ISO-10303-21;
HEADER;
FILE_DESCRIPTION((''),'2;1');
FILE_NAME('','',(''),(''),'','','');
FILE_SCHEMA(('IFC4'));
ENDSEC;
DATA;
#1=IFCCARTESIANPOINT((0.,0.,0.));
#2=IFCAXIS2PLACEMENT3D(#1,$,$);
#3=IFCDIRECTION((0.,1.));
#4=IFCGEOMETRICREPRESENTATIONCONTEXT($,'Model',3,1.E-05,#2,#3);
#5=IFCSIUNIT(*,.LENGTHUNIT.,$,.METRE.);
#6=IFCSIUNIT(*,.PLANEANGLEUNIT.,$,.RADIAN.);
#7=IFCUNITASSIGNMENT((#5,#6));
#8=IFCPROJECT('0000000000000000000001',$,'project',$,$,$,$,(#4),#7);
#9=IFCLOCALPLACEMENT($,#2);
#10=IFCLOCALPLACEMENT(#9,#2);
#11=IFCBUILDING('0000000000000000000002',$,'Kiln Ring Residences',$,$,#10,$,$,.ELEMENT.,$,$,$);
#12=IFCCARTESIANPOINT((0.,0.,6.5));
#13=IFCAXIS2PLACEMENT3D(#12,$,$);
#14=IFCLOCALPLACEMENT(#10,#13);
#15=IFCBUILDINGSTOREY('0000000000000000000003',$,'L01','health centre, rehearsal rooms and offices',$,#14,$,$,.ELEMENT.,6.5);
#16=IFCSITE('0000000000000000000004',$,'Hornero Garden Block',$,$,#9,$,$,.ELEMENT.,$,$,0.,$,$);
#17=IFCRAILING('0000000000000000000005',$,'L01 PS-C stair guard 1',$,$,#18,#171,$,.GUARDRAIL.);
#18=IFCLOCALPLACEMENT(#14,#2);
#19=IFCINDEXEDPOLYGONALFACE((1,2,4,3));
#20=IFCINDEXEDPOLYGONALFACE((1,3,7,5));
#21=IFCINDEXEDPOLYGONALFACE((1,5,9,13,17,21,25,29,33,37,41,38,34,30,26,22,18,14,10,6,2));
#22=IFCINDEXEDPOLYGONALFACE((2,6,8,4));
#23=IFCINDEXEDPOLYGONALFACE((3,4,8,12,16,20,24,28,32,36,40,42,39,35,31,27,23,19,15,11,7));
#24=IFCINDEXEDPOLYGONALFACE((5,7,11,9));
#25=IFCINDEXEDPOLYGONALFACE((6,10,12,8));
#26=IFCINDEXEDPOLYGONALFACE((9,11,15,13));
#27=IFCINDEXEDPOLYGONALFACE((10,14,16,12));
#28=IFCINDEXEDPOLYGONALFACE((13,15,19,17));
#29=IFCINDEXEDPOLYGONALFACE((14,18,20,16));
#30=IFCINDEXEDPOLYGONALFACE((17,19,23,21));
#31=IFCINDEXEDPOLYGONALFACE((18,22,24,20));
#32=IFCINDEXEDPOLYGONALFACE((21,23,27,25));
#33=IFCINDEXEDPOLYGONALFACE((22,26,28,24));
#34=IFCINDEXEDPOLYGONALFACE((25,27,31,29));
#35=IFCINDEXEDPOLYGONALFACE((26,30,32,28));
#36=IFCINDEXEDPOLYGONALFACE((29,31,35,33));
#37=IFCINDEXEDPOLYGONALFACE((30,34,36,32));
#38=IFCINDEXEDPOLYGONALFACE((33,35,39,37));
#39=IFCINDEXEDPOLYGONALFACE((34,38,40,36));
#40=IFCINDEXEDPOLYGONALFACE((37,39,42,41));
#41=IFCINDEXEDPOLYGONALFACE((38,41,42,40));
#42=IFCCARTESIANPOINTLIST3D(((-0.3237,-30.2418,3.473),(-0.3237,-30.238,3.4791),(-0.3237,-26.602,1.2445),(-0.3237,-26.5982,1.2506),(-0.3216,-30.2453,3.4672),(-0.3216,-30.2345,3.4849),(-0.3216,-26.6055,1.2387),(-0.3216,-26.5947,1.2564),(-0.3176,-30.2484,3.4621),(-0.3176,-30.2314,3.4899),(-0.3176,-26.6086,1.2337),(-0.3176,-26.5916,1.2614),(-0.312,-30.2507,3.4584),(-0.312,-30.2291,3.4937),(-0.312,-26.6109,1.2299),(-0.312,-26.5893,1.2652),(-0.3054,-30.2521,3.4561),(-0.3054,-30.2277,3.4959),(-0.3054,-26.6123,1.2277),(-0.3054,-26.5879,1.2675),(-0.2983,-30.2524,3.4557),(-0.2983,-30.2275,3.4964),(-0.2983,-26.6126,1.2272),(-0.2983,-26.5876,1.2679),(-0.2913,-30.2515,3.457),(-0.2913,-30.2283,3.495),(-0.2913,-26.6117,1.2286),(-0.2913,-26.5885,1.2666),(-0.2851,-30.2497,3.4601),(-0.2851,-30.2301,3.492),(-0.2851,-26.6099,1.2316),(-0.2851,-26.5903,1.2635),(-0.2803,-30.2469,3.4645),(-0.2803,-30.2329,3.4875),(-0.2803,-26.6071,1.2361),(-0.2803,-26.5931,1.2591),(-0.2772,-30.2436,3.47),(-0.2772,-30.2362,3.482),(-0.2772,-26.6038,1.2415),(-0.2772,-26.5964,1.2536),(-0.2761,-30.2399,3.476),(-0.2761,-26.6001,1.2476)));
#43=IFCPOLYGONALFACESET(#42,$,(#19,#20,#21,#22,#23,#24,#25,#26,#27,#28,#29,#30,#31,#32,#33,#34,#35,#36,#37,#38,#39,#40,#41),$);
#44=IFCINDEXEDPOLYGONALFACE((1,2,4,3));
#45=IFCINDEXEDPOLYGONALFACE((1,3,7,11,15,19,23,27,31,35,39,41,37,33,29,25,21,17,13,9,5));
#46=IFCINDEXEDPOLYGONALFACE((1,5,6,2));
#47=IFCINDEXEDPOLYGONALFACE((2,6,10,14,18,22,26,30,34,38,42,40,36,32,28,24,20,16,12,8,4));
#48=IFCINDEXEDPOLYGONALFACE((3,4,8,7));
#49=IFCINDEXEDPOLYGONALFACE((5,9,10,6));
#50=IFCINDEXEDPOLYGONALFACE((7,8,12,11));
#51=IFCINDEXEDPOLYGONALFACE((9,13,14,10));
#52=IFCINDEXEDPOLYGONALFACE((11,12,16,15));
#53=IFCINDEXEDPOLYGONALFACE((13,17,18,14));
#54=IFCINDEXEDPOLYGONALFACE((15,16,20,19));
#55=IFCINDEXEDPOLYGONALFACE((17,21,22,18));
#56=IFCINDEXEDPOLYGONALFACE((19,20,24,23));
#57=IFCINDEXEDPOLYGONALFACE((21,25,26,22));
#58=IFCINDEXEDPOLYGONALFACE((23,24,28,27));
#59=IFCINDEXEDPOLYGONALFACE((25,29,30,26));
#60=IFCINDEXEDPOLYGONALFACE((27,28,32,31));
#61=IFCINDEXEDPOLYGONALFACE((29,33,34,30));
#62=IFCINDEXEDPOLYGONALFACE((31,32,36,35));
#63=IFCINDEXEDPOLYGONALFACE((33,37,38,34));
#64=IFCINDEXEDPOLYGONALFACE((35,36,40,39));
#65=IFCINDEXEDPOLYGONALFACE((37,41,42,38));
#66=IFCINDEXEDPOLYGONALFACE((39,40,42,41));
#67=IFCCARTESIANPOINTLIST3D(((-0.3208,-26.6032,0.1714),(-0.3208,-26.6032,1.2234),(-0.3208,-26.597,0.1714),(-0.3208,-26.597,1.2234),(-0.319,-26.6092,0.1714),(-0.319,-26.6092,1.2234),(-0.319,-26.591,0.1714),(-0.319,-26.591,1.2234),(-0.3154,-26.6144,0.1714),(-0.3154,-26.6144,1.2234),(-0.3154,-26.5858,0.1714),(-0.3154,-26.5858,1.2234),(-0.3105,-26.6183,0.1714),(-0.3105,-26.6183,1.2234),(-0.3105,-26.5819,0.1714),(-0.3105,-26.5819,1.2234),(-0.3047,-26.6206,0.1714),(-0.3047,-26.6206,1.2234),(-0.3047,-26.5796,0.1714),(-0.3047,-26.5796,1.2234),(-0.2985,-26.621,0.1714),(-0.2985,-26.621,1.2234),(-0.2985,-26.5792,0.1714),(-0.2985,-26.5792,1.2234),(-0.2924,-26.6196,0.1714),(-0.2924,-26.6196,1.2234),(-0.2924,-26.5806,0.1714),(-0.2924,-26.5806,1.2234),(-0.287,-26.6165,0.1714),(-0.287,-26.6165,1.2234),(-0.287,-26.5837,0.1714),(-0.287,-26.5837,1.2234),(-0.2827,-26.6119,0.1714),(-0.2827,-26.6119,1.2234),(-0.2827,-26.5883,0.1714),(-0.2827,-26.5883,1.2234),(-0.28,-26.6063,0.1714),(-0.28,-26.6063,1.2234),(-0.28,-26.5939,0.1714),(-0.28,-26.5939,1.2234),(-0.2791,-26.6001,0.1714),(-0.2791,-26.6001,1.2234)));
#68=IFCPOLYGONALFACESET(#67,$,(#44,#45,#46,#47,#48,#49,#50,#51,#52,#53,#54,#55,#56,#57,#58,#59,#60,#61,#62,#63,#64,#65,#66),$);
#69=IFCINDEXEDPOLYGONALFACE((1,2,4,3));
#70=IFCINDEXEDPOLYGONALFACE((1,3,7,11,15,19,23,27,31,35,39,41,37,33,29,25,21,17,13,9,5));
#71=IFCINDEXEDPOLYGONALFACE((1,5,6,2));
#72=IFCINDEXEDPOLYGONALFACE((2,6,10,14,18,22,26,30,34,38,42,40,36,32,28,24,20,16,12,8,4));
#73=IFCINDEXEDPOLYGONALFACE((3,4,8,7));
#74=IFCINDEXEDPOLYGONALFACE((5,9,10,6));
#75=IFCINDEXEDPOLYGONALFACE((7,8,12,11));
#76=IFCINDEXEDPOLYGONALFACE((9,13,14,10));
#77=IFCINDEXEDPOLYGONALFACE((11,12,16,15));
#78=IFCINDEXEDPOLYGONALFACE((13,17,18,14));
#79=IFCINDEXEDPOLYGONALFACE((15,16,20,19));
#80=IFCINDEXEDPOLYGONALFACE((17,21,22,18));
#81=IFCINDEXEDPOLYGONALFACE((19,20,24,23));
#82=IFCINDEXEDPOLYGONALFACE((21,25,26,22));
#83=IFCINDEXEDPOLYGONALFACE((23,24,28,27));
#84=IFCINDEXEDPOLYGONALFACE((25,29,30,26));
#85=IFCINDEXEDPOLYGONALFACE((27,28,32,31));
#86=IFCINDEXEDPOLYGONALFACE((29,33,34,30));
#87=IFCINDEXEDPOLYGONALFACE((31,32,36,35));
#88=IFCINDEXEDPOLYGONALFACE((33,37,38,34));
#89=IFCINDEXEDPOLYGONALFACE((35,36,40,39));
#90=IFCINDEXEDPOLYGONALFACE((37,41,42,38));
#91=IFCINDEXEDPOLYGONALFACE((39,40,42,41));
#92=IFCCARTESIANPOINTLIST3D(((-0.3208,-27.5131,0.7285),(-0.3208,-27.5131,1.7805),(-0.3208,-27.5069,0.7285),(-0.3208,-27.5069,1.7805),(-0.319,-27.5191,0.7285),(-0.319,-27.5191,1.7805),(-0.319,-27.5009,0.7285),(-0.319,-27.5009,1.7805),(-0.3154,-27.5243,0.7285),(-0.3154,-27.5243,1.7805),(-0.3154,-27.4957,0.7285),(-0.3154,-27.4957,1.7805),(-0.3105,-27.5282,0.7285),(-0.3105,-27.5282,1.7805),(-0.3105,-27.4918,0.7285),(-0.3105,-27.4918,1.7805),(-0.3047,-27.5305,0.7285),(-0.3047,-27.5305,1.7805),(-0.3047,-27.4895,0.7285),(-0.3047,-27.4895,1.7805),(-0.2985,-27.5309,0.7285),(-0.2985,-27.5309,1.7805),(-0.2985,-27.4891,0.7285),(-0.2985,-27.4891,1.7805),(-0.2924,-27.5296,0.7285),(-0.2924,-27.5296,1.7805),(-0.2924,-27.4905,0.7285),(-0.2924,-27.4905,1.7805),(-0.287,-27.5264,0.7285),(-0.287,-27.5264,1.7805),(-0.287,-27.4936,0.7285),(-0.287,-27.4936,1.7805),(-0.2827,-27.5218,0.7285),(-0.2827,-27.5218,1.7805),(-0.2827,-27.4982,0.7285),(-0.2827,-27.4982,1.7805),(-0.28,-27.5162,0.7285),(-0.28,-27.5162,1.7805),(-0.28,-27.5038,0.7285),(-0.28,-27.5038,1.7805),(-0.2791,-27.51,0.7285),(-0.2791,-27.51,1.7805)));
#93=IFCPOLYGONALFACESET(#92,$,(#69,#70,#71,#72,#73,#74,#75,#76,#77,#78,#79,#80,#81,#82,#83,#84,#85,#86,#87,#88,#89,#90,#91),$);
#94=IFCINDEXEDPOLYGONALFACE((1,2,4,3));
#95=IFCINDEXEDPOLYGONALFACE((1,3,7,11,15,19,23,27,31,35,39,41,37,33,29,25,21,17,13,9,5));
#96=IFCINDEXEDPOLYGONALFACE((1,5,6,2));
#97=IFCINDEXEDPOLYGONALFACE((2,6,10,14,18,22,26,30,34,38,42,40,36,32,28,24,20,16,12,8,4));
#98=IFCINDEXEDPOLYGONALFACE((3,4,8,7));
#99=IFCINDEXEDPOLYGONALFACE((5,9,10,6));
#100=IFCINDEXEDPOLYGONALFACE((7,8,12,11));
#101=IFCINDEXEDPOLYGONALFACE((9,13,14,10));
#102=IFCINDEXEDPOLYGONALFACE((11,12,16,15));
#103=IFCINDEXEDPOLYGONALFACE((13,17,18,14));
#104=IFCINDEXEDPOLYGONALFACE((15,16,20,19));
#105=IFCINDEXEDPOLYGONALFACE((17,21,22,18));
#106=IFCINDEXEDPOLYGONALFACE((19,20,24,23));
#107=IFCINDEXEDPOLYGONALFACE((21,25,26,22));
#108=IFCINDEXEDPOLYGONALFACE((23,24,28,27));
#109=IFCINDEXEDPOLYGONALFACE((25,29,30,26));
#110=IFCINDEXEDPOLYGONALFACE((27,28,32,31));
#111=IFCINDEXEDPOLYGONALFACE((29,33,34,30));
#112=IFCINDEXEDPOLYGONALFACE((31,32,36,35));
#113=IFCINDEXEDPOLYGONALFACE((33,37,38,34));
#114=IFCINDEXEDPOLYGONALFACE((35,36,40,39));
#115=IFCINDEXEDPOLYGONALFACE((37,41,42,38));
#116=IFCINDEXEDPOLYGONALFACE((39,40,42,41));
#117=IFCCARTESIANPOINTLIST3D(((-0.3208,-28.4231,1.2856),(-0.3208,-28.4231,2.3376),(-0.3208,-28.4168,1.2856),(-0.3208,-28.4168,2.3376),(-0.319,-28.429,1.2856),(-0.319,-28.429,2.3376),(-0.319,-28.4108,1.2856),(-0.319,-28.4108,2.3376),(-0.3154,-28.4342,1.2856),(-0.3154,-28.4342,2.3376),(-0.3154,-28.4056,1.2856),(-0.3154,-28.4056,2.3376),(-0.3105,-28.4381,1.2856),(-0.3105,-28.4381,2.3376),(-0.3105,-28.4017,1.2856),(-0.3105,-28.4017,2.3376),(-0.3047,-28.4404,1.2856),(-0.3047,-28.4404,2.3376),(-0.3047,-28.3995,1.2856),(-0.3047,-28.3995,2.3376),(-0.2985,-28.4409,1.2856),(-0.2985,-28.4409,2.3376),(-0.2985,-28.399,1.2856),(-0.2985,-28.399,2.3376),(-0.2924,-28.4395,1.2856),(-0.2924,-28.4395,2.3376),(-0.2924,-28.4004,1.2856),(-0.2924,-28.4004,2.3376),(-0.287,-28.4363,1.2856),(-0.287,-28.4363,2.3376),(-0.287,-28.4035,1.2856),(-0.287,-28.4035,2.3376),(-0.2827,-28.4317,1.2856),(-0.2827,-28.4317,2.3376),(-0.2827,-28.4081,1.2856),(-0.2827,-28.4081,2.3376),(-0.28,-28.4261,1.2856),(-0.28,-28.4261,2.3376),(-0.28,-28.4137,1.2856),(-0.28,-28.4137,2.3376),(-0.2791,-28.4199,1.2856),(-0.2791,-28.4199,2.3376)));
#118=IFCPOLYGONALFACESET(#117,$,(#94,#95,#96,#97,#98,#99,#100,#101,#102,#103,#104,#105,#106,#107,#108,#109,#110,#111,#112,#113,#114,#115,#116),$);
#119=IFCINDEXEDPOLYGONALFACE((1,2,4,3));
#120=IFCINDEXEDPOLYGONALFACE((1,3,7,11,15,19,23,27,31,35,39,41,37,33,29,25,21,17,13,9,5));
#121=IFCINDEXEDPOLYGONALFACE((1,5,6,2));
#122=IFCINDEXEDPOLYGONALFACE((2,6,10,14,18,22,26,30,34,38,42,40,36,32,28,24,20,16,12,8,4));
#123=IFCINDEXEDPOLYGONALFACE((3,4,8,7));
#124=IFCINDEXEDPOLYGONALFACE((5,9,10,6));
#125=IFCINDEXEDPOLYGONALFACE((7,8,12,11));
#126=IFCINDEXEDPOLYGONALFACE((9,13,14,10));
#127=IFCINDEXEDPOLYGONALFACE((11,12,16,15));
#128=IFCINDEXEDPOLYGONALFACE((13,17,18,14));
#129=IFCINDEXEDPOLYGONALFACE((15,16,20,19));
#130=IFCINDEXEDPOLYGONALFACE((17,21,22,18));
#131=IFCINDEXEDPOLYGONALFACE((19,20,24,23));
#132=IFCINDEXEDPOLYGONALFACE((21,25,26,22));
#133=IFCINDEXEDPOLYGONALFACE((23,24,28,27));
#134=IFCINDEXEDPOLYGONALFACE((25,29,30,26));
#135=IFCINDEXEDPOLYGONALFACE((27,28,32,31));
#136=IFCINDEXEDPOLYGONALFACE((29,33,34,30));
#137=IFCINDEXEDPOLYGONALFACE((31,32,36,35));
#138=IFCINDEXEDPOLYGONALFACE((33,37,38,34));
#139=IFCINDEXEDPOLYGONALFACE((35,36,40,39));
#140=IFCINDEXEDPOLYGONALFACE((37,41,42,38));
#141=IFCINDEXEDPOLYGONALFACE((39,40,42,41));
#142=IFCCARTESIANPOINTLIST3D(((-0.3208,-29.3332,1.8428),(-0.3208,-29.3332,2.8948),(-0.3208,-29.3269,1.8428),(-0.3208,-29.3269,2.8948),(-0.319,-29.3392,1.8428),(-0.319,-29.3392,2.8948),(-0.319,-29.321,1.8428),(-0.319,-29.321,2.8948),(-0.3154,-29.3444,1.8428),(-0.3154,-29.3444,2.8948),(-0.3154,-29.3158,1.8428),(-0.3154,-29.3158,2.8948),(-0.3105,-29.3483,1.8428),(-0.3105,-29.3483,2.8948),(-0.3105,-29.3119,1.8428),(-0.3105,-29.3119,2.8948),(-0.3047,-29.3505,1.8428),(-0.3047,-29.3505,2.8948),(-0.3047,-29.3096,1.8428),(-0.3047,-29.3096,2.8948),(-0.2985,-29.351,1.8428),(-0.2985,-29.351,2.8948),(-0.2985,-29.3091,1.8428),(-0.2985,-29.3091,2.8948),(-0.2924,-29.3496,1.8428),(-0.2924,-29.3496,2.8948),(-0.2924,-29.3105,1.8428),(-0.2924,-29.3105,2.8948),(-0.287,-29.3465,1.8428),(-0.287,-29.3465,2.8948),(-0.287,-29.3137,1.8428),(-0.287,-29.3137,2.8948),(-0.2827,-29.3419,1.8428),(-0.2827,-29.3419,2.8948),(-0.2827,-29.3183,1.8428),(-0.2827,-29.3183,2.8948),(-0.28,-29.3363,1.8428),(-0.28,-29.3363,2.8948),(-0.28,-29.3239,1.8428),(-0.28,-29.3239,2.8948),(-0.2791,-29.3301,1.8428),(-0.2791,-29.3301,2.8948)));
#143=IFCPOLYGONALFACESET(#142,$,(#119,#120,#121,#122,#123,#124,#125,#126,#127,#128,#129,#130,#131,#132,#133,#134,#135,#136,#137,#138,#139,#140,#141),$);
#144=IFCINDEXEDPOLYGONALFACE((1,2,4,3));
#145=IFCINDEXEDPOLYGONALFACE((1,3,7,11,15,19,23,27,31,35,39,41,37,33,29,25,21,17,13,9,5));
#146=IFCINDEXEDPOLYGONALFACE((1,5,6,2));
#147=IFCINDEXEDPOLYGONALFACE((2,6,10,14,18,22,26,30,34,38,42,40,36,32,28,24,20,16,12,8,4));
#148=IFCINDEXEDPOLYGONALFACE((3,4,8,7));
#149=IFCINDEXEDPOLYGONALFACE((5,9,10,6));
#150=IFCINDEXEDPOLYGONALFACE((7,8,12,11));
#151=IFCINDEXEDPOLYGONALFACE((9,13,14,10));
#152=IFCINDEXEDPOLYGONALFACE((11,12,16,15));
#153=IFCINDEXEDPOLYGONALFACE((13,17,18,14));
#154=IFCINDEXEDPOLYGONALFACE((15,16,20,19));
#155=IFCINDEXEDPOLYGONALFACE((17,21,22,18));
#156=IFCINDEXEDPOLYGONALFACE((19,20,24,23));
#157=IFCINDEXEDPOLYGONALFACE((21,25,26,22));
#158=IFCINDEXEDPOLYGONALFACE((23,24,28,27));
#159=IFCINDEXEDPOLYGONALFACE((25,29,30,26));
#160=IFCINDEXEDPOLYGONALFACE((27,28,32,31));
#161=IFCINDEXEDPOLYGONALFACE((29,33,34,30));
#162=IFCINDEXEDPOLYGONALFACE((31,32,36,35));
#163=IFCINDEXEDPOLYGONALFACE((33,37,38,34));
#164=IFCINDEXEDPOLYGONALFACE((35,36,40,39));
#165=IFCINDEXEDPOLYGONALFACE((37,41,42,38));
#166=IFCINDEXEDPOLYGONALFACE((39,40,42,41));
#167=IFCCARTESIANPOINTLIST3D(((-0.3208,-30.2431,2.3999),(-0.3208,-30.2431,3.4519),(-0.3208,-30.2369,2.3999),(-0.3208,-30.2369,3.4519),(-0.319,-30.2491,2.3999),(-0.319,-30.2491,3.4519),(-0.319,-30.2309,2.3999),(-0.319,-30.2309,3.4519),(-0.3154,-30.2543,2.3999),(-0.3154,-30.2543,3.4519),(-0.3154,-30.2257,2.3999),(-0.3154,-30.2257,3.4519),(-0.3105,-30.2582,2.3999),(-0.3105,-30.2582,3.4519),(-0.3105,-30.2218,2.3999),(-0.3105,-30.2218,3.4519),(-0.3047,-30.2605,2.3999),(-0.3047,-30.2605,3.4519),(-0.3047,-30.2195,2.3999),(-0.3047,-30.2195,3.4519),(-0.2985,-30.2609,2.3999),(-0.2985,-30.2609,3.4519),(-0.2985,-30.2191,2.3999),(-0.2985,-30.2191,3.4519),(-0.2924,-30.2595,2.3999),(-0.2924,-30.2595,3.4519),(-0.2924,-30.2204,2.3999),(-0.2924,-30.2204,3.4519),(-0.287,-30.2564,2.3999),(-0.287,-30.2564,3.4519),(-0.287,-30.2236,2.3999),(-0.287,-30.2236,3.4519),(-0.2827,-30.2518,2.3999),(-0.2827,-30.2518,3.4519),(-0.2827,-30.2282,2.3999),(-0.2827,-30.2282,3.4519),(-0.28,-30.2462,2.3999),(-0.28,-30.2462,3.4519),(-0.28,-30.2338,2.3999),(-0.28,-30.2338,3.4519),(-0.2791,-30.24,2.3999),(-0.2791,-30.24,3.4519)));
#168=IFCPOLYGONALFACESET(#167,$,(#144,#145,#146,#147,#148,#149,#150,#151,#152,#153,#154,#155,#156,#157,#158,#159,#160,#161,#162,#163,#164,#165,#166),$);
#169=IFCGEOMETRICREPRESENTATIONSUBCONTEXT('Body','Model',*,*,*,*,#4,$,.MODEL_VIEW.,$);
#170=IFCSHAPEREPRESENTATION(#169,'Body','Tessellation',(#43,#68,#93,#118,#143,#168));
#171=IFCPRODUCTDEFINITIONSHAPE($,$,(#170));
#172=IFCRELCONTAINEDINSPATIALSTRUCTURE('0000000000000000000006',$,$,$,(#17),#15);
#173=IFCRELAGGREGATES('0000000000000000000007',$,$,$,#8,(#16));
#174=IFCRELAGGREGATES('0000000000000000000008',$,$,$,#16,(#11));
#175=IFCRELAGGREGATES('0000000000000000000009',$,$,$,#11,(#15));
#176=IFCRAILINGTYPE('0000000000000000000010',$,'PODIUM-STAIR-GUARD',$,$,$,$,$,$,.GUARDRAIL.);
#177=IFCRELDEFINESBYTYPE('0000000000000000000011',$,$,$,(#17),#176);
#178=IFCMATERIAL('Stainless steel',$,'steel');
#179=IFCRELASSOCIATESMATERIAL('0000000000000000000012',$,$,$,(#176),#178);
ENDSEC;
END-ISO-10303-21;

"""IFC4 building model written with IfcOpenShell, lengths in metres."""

from ifc_helpers import new_model, si_unit, direction, frame, origin, origin_2d, place, context, subcontext, project, spatial, circle, extrude, material, type_object, element, save


model = new_model("IFC4")

# Units and contexts
model_context = context("Model", 3, precision=1e-05, world=origin(), true_north=direction((0.0, 1.0)))
body_context = subcontext(model_context, "Body", "Model", "MODEL_VIEW")
ifc_project = project(units=[si_unit("LENGTHUNIT", "METRE"), si_unit("PLANEANGLEUNIT", "RADIAN")], contexts=[model_context])

# Site, building, storey
site_placement = place(None, origin())
site = spatial("IfcSite", under=ifc_project, at=site_placement, Name="Hornero Garden Block", CompositionType="ELEMENT", RefElevation=0.0)
building_placement = place(site_placement, origin())
building = spatial("IfcBuilding", under=site, at=building_placement, Name="Kiln Ring Residences", CompositionType="ELEMENT")
storey_placement = place(building_placement, frame((0.0, 0.0, 6.5)))
storey = spatial("IfcBuildingStorey", under=building, at=storey_placement, Name="L01", Description="health centre, rehearsal rooms and offices", CompositionType="ELEMENT", Elevation=6.5)

# Railing
ifc_material_1 = material(Name="Stainless steel", Category="steel")
railing_type_1 = type_object("IfcRailingType", Name="PODIUM-STAIR-GUARD", PredefinedType="GUARDRAIL", material=ifc_material_1)
railing_1_placement = place(storey_placement, frame((-0.3, -26.6001, 0.1714)))
element("IfcRailing", 1, at=railing_1_placement, inside=storey, type_object=railing_type_1, Name="L01 PS-C stair guard 1", PredefinedType="GUARDRAIL", context=body_context, shape_type="SweptSolid", body=[
    extrude(circle(Radius=0.0239, at=origin_2d()), frame((0.0, 0.0, 1.0762), z_axis=(0.0, -0.85285, 0.522156), x_axis=(1.0, 0.0, 0.0)), (0.0, 0.0, 1.0), 4.2678),
    extrude(circle(Radius=0.021, at=origin_2d()), origin(), (0.0, 0.0, 1.0), 1.052),
    extrude(circle(Radius=0.021, at=origin_2d()), frame((0.0, -0.9099, 0.5571)), (0.0, 0.0, 1.0), 1.052),
    extrude(circle(Radius=0.021, at=origin_2d()), frame((0.0, -1.8198, 1.1143)), (0.0, 0.0, 1.0), 1.052),
    extrude(circle(Radius=0.021, at=origin_2d()), frame((0.0, -2.73, 1.6714)), (0.0, 0.0, 1.0), 1.052),
    extrude(circle(Radius=0.021, at=origin_2d()), frame((0.0, -3.6399, 2.2285)), (0.0, 0.0, 1.0), 1.052),
])

save(model, "model.ifc")
